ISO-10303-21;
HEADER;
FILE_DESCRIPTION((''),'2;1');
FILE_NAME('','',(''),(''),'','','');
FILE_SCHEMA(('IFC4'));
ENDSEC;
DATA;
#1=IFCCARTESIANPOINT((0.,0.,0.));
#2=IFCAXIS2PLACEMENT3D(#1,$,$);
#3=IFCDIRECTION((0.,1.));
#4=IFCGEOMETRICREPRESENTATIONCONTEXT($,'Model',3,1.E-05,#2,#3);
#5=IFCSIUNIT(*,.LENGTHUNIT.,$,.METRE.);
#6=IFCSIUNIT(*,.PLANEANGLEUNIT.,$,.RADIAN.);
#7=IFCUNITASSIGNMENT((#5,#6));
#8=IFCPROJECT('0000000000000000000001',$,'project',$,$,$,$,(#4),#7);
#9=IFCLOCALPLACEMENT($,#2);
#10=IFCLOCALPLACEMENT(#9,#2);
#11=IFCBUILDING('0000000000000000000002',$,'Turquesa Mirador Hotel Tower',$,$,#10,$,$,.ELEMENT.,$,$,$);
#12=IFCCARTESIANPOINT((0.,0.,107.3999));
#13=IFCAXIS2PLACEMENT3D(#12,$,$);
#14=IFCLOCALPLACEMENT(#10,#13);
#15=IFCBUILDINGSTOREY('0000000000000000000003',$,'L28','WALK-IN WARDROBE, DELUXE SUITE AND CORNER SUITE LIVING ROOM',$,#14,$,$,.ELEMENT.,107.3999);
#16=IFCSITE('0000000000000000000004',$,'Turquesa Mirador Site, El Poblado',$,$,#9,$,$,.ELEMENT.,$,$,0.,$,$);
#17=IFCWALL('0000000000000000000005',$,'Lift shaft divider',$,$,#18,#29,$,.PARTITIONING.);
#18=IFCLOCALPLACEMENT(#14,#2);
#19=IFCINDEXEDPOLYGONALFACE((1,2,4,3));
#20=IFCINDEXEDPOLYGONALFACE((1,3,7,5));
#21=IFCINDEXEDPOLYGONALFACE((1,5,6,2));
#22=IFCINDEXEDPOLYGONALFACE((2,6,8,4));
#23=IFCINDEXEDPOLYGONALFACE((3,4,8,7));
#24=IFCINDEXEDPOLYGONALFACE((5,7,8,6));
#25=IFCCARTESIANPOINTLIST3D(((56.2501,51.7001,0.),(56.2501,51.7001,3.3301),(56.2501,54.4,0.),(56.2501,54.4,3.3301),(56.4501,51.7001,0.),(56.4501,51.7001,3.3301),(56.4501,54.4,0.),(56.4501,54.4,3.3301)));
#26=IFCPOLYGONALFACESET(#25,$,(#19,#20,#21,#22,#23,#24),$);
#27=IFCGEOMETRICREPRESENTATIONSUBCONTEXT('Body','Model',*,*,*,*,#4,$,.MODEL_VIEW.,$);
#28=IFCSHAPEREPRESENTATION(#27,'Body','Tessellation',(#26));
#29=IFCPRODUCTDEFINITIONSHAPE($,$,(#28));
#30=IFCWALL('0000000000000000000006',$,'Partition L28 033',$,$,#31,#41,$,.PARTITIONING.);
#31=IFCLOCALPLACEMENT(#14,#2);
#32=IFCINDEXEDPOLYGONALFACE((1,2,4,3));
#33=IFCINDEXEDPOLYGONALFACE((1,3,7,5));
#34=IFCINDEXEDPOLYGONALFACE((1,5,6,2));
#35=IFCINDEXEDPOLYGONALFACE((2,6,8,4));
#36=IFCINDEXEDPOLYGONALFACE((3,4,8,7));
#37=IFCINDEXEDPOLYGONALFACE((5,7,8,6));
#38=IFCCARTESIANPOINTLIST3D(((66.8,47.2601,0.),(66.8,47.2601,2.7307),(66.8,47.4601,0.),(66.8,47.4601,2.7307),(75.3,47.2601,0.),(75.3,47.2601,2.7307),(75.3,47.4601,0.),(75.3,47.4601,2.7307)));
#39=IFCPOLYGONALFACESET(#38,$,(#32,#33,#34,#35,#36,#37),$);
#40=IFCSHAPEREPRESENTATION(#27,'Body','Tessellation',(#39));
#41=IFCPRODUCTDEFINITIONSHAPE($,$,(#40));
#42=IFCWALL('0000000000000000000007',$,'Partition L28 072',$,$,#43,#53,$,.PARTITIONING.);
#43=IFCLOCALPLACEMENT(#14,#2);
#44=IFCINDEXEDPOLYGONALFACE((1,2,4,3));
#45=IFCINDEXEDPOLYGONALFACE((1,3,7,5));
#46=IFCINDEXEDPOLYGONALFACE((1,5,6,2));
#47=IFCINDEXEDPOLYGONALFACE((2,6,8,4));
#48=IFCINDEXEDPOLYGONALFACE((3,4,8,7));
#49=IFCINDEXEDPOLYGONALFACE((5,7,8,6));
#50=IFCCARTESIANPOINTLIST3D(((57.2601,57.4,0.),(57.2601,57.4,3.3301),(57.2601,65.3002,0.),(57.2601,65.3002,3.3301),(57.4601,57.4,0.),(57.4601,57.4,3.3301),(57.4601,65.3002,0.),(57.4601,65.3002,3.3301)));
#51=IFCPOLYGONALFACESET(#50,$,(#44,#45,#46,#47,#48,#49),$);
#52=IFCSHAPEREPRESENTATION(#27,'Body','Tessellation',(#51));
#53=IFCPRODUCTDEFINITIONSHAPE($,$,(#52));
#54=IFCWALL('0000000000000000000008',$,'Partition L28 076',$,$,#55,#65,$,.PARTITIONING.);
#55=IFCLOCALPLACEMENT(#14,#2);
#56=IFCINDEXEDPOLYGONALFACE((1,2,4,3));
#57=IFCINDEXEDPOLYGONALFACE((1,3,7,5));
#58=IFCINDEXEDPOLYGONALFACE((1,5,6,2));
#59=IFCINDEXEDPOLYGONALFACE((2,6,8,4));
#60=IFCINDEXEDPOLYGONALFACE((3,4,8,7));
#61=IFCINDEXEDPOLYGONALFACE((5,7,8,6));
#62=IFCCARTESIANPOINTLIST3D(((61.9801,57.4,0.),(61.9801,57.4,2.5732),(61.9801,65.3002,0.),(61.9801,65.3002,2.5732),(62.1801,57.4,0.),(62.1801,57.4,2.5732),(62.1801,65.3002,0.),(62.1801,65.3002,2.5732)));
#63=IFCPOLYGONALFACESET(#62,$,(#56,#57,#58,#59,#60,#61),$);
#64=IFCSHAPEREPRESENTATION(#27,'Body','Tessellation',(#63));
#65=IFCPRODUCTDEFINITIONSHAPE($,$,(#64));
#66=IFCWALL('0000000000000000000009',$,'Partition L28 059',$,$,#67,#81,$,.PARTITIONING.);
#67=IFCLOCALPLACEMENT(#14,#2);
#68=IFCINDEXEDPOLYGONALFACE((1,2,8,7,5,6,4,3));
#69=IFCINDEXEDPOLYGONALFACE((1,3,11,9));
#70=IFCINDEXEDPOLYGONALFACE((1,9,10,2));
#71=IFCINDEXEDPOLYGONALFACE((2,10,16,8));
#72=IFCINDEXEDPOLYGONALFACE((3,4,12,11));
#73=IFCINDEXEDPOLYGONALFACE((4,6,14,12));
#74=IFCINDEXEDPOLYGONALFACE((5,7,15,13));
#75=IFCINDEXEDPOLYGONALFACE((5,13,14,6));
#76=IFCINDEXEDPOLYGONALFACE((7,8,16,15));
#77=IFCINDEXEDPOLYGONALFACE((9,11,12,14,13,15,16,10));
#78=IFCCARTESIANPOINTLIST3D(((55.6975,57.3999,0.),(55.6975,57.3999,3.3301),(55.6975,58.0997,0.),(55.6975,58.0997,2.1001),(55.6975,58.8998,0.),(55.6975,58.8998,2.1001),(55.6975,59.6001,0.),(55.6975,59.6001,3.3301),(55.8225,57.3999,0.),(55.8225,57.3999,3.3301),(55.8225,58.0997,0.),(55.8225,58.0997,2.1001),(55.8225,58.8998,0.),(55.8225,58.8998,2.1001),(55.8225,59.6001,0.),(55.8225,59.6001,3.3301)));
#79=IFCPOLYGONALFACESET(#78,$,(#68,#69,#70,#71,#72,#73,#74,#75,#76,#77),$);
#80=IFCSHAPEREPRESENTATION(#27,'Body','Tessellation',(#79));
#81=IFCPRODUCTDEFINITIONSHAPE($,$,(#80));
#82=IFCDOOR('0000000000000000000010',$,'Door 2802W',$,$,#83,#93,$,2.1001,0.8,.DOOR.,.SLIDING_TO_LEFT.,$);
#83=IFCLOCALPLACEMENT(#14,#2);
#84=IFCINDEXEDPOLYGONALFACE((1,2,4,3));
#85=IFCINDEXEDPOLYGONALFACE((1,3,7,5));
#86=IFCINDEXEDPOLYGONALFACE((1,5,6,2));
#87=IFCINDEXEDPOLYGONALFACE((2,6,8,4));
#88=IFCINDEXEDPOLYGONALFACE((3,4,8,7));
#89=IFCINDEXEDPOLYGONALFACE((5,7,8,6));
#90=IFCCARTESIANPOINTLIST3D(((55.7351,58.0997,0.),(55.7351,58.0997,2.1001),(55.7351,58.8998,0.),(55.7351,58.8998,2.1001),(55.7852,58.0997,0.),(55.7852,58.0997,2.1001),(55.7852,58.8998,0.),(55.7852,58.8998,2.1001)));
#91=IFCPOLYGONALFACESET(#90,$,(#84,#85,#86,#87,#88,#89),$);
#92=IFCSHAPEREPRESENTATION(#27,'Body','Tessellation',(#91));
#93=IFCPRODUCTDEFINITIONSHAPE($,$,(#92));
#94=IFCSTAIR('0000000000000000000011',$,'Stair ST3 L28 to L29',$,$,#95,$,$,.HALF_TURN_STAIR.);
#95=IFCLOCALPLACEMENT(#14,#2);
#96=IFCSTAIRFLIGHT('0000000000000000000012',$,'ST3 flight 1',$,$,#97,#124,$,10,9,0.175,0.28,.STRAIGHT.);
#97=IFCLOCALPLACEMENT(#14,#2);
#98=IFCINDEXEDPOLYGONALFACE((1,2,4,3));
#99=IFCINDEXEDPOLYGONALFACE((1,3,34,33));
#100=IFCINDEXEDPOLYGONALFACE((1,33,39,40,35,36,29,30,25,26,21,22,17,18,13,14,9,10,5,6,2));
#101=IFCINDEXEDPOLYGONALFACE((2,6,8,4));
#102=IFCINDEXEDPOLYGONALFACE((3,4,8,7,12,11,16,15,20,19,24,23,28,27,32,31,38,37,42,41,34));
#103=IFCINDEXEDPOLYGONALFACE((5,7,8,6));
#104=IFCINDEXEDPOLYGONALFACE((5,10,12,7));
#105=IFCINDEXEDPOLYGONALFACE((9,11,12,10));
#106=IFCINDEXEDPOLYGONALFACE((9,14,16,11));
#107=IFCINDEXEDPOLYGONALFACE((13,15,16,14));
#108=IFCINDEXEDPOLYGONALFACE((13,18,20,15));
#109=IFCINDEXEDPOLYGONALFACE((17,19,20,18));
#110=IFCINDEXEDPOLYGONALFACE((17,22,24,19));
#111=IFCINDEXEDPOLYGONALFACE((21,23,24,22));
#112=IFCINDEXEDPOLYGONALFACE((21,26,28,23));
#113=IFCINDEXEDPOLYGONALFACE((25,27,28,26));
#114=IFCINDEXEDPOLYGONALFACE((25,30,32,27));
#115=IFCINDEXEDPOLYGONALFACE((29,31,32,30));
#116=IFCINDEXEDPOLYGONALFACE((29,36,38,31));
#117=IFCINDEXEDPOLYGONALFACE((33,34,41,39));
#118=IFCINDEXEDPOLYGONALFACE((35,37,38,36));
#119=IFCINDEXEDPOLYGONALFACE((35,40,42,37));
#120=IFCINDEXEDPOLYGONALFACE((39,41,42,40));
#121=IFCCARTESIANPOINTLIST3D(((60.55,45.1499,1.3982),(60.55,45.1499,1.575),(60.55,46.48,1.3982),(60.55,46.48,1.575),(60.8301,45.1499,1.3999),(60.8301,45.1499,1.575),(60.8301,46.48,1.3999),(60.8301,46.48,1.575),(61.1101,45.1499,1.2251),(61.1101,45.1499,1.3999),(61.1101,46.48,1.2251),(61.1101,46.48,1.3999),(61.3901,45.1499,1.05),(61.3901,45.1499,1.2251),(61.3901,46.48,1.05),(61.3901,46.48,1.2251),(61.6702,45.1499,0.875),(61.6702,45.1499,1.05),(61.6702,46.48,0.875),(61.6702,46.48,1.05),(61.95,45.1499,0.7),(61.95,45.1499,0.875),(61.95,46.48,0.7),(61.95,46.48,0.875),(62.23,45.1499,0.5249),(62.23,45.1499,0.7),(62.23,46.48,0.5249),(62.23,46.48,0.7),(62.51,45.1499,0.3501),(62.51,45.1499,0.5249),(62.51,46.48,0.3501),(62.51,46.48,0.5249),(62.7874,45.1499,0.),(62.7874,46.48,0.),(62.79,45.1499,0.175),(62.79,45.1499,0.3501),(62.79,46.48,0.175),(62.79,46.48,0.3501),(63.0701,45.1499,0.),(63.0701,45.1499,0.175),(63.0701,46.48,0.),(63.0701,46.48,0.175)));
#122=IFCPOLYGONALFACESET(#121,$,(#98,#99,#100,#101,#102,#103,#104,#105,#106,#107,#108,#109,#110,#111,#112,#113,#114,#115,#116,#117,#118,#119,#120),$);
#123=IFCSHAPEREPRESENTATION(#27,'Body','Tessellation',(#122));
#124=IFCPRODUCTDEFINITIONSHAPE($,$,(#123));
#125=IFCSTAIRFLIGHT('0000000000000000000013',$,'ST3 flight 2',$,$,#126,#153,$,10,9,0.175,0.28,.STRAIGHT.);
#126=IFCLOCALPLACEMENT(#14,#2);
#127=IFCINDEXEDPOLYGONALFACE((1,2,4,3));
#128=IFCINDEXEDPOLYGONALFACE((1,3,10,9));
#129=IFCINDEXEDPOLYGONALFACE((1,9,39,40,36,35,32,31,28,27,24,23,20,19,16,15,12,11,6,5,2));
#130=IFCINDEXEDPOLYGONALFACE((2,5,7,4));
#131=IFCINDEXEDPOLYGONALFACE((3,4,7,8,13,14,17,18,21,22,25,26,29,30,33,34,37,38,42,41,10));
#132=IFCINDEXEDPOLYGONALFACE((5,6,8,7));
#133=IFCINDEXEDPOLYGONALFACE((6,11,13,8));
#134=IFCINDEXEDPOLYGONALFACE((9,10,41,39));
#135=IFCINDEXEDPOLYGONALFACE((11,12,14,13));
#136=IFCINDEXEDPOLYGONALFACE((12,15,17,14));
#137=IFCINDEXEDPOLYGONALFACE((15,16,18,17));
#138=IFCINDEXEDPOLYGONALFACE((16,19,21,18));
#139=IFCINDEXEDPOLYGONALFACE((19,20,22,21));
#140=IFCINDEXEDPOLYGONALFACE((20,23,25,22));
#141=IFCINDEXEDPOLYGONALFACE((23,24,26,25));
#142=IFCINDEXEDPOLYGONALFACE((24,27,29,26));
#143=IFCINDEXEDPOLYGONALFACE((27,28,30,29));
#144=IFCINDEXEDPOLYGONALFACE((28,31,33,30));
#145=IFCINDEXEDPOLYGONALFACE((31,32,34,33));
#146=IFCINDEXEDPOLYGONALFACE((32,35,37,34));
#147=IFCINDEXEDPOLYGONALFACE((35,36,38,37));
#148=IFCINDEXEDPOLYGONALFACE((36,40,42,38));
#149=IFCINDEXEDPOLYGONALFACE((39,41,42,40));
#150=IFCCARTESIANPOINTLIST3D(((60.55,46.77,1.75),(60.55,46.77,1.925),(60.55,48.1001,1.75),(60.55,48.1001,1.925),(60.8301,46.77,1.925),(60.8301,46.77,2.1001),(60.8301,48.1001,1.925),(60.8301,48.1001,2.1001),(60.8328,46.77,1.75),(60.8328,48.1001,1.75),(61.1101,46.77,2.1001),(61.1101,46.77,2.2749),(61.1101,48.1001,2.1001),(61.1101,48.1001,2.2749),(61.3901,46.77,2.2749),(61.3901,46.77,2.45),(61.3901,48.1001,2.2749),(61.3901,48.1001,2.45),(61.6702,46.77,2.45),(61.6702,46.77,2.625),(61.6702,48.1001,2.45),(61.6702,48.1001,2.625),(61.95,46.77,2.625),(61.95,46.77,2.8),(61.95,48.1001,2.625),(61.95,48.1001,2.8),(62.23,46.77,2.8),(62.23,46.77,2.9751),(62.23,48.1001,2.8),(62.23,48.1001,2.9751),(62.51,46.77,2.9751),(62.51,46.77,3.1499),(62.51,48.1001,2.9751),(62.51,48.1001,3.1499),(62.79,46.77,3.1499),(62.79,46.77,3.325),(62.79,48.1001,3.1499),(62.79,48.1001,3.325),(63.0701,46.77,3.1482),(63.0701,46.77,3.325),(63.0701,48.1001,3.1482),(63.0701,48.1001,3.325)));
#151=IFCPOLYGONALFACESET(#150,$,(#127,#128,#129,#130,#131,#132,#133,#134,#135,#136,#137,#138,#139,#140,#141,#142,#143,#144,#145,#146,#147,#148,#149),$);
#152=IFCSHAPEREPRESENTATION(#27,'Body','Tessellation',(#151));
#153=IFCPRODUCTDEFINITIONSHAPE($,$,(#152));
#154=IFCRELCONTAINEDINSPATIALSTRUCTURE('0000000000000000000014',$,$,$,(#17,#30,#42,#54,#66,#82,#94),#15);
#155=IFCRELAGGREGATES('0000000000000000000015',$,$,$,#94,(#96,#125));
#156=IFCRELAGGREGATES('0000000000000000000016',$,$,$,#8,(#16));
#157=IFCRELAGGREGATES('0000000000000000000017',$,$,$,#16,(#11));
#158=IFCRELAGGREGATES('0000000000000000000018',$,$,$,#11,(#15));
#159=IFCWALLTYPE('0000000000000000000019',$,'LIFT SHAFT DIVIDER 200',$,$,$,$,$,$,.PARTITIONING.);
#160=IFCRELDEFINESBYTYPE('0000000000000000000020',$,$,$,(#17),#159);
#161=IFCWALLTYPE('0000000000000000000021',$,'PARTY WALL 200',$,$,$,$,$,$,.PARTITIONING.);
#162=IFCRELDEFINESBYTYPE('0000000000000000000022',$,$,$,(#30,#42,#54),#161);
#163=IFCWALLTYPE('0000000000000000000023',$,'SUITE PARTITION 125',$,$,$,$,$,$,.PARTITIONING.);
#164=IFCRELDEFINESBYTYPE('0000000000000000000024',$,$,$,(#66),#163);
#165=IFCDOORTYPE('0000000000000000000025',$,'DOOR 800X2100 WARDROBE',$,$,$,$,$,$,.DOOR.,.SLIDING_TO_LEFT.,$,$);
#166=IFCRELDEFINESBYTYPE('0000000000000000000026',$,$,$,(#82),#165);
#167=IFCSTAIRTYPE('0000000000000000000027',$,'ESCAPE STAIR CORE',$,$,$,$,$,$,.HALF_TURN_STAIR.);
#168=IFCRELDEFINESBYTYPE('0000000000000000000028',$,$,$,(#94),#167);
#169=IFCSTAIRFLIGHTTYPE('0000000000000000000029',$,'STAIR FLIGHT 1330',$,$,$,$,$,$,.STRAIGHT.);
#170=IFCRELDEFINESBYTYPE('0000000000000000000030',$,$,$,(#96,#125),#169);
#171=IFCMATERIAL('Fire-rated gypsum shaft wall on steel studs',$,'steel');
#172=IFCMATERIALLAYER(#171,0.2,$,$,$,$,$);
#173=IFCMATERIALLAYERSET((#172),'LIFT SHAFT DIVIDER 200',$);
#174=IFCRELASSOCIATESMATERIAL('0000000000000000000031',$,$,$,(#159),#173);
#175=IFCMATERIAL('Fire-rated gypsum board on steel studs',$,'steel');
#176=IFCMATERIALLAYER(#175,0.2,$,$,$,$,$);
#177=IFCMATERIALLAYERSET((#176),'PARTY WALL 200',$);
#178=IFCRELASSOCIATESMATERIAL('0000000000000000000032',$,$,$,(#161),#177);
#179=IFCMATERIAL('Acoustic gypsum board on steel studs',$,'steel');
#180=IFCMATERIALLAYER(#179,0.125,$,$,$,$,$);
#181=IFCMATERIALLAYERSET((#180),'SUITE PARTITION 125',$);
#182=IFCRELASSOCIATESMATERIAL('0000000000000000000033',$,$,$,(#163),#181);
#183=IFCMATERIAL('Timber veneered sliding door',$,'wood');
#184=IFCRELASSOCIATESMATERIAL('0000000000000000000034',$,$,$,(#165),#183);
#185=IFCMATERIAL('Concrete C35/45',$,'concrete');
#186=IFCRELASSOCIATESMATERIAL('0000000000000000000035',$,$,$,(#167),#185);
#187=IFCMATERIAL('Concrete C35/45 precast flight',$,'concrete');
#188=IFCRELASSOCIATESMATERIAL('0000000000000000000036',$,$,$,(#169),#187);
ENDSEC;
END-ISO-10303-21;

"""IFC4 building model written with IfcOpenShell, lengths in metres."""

from ifc_helpers import new_model, si_unit, direction, frame, frame_2d, origin, place, context, subcontext, project, spatial, polyline, rectangle, outline, extrude, material, layer, layer_set, type_object, element, fill, aggregate, save


model = new_model("IFC4")

# Units and contexts
model_context = context("Model", 3, precision=1e-05, world=origin(), true_north=direction((0.0, 1.0)))
body_context = subcontext(model_context, "Body", "Model", "MODEL_VIEW")
ifc_project = project(units=[si_unit("LENGTHUNIT", "METRE"), si_unit("PLANEANGLEUNIT", "RADIAN")], contexts=[model_context])

# Site, building, storey
site_placement = place(None, origin())
site = spatial("IfcSite", under=ifc_project, at=site_placement, Name="Turquesa Mirador Site, El Poblado", CompositionType="ELEMENT", RefElevation=0.0)
building_placement = place(site_placement, origin())
building = spatial("IfcBuilding", under=site, at=building_placement, Name="Turquesa Mirador Hotel Tower", CompositionType="ELEMENT")
storey_placement = place(building_placement, frame((0.0, 0.0, 107.3999)))
storey = spatial("IfcBuildingStorey", under=building, at=storey_placement, Name="L28", Description="WALK-IN WARDROBE, DELUXE SUITE AND CORNER SUITE LIVING ROOM", CompositionType="ELEMENT", Elevation=107.3999)

# Walls
ifc_material_1 = material(Name="Fire-rated gypsum shaft wall on steel studs", Category="steel")
ifc_layer_1 = layer(ifc_material_1, 0.2)
ifc_layer_set_1 = layer_set([ifc_layer_1], Name="LIFT SHAFT DIVIDER 200")
wall_type_1 = type_object("IfcWallType", Name="LIFT SHAFT DIVIDER 200", PredefinedType="PARTITIONING", material=ifc_layer_set_1)
for number, where, z_axis, x_axis, name in (
    (1, (56.3501, 51.7, 0.0), (0.0, 0.0, 1.0), (0.0, 1.0, 0.0), "Lift shaft divider"),
):
    element("IfcWall", number, at=place(storey_placement, frame(where, z_axis=z_axis, x_axis=x_axis)), inside=storey, type_object=wall_type_1, Name=name, PredefinedType="PARTITIONING", context=body_context, shape_type="SweptSolid", body=[
        extrude(rectangle(XDim=2.7, YDim=0.2, at=frame_2d((1.3501, 0.0))), origin(), (0.0, 0.0, 1.0), 3.3301),
    ])
ifc_material_2 = material(Name="Fire-rated gypsum board on steel studs", Category="steel")
ifc_layer_2 = layer(ifc_material_2, 0.2)
ifc_layer_set_2 = layer_set([ifc_layer_2], Name="PARTY WALL 200")
wall_type_2 = type_object("IfcWallType", Name="PARTY WALL 200", PredefinedType="PARTITIONING", material=ifc_layer_set_2)
wall_1_placement = place(storey_placement, frame((66.8, 47.3601, 0.0), z_axis=(0.0, 0.0, 1.0), x_axis=(1.0, 0.0, 0.0)))
element("IfcWall", 2, at=wall_1_placement, inside=storey, type_object=wall_type_2, Name="Partition L28 033", PredefinedType="PARTITIONING", context=body_context, shape_type="SweptSolid", body=[
    extrude(rectangle(XDim=8.5, YDim=0.2, at=frame_2d((4.25, 0.0))), origin(), (0.0, 0.0, 1.0), 2.7307),
])
wall_2_placement = place(storey_placement, frame((57.3601, 57.3999, 0.0), z_axis=(0.0, 0.0, 1.0), x_axis=(0.0, 1.0, 0.0)))
element("IfcWall", 3, at=wall_2_placement, inside=storey, type_object=wall_type_2, Name="Partition L28 072", PredefinedType="PARTITIONING", context=body_context, shape_type="SweptSolid", body=[
    extrude(rectangle(XDim=7.9001, YDim=0.2, at=frame_2d((3.9502, 0.0))), origin(), (0.0, 0.0, 1.0), 3.3301),
])
wall_3_placement = place(storey_placement, frame((62.0801, 57.3999, 0.0), z_axis=(0.0, 0.0, 1.0), x_axis=(0.0, 1.0, 0.0)))
element("IfcWall", 4, at=wall_3_placement, inside=storey, type_object=wall_type_2, Name="Partition L28 076", PredefinedType="PARTITIONING", context=body_context, shape_type="SweptSolid", body=[
    extrude(rectangle(XDim=7.9001, YDim=0.2, at=frame_2d((3.9502, 0.0))), origin(), (0.0, 0.0, 1.0), 2.5732),
])

# Wall, opening, door
ifc_material_3 = material(Name="Acoustic gypsum board on steel studs", Category="steel")
ifc_layer_3 = layer(ifc_material_3, 0.125)
ifc_layer_set_3 = layer_set([ifc_layer_3], Name="SUITE PARTITION 125")
wall_type_3 = type_object("IfcWallType", Name="SUITE PARTITION 125", PredefinedType="PARTITIONING", material=ifc_layer_set_3)
wall_4_placement = place(storey_placement, frame((55.76, 57.3999, 0.0), z_axis=(0.0, 0.0, 1.0), x_axis=(0.0, 1.0, 0.0)))
wall_4 = element("IfcWall", 5, at=wall_4_placement, inside=storey, type_object=wall_type_3, Name="Partition L28 059", PredefinedType="PARTITIONING", context=body_context, shape_type="SweptSolid", body=[
    extrude(rectangle(XDim=2.2002, YDim=0.125, at=frame_2d((1.1001, 0.0))), origin(), (0.0, 0.0, 1.0), 3.3301),
])
opening_1_placement = place(wall_4_placement, frame((0.7, 0.0, 0.0)))
opening_1 = element("IfcOpeningElement", 6, at=opening_1_placement, cuts=wall_4, PredefinedType="OPENING", context=body_context, shape_type="SweptSolid", body=[
    extrude(rectangle(XDim=0.8, YDim=2.1001, at=frame_2d((0.3999, 1.05))), frame((0.0, 0.0725, 0.0), z_axis=(0.0, -1.0, 0.0), x_axis=(1.0, 0.0, 0.0)), (0.0, 0.0, 1.0), 0.145),
])
ifc_material_4 = material(Name="Timber veneered sliding door", Category="wood")
door_type_1 = type_object("IfcDoorType", Name="DOOR 800X2100 WARDROBE", OperationType="SLIDING_TO_LEFT", PredefinedType="DOOR", material=ifc_material_4)
door_1_placement = place(opening_1_placement, origin())
door_1 = element("IfcDoor", 7, at=door_1_placement, inside=storey, type_object=door_type_1, Name="Door 2802W", OperationType="SLIDING_TO_LEFT", OverallHeight=2.1001, OverallWidth=0.8, PredefinedType="DOOR", context=body_context, shape_type="SweptSolid", body=[
    extrude(rectangle(XDim=0.8, YDim=2.1001, at=frame_2d((0.3999, 1.05))), frame((0.0, 0.0249, 0.0), z_axis=(0.0, -1.0, 0.0), x_axis=(1.0, 0.0, 0.0)), (0.0, 0.0, 1.0), 0.05),
])
fill(opening_1, door_1)

# Stair, stair flights
ifc_material_5 = material(Name="Concrete C35/45", Category="concrete")
stair_type = type_object("IfcStairType", Name="ESCAPE STAIR CORE", PredefinedType="HALF_TURN_STAIR", material=ifc_material_5)
stair_placement = place(storey_placement, origin())
stair = element("IfcStair", 8, at=stair_placement, inside=storey, type_object=stair_type, Name="Stair ST3 L28 to L29", PredefinedType="HALF_TURN_STAIR")
ifc_material_6 = material(Name="Concrete C35/45 precast flight", Category="concrete")
stair_flight_type = type_object("IfcStairFlightType", Name="STAIR FLIGHT 1330", PredefinedType="STRAIGHT", material=ifc_material_6)
stair_flight_1_placement = place(storey_placement, frame((63.0701, 45.8149, 0.0), z_axis=(0.0, 0.0, 1.0), x_axis=(-1.0, 0.0, 0.0)))
stair_flight_1 = element("IfcStairFlight", 9, at=stair_flight_1_placement, type_object=stair_flight_type, Name="ST3 flight 1", NumberOfRisers=10, NumberOfTreads=9, PredefinedType="STRAIGHT", RiserHeight=0.175, TreadLength=0.28, context=body_context, shape_type="SweptSolid", body=[
    extrude(outline(polyline([(0.0, 0.0), (0.0, 0.175), (0.28, 0.175), (0.28, 0.3501), (0.5601, 0.3501), (0.5601, 0.5249), (0.8401, 0.5249), (0.8401, 0.7), (1.1201, 0.7), (1.1201, 0.875), (1.3999, 0.875), (1.3999, 1.05), (1.6799, 1.05), (1.6799, 1.2251), (1.96, 1.2251), (1.96, 1.3999), (2.24, 1.3999), (2.24, 1.575), (2.52, 1.575), (2.52, 1.75), (2.52, 1.3982), (0.2827, 0.0), (0.0, 0.0)])), frame((0.0, 0.665, 0.0), z_axis=(0.0, -1.0, 0.0), x_axis=(1.0, 0.0, 0.0)), (0.0, 0.0, 1.0), 1.3301),
])
stair_flight_2_placement = place(storey_placement, frame((60.55, 47.4351, 1.75), z_axis=(0.0, 0.0, 1.0), x_axis=(1.0, 0.0, 0.0)))
stair_flight_2 = element("IfcStairFlight", 10, at=stair_flight_2_placement, type_object=stair_flight_type, Name="ST3 flight 2", NumberOfRisers=10, NumberOfTreads=9, PredefinedType="STRAIGHT", RiserHeight=0.175, TreadLength=0.28, context=body_context, shape_type="SweptSolid", body=[
    extrude(outline(polyline([(0.0, 0.0), (0.0, 0.175), (0.28, 0.175), (0.28, 0.3501), (0.5601, 0.3501), (0.5601, 0.5249), (0.8401, 0.5249), (0.8401, 0.7), (1.1201, 0.7), (1.1201, 0.875), (1.3999, 0.875), (1.3999, 1.05), (1.6799, 1.05), (1.6799, 1.2251), (1.96, 1.2251), (1.96, 1.3999), (2.24, 1.3999), (2.24, 1.575), (2.52, 1.575), (2.52, 1.75), (2.52, 1.3982), (0.2827, 0.0), (0.0, 0.0)])), frame((0.0, 0.665, 0.0), z_axis=(0.0, -1.0, 0.0), x_axis=(1.0, 0.0, 0.0)), (0.0, 0.0, 1.0), 1.3301),
])
aggregate(stair, [stair_flight_1, stair_flight_2])

save(model, "model.ifc")
